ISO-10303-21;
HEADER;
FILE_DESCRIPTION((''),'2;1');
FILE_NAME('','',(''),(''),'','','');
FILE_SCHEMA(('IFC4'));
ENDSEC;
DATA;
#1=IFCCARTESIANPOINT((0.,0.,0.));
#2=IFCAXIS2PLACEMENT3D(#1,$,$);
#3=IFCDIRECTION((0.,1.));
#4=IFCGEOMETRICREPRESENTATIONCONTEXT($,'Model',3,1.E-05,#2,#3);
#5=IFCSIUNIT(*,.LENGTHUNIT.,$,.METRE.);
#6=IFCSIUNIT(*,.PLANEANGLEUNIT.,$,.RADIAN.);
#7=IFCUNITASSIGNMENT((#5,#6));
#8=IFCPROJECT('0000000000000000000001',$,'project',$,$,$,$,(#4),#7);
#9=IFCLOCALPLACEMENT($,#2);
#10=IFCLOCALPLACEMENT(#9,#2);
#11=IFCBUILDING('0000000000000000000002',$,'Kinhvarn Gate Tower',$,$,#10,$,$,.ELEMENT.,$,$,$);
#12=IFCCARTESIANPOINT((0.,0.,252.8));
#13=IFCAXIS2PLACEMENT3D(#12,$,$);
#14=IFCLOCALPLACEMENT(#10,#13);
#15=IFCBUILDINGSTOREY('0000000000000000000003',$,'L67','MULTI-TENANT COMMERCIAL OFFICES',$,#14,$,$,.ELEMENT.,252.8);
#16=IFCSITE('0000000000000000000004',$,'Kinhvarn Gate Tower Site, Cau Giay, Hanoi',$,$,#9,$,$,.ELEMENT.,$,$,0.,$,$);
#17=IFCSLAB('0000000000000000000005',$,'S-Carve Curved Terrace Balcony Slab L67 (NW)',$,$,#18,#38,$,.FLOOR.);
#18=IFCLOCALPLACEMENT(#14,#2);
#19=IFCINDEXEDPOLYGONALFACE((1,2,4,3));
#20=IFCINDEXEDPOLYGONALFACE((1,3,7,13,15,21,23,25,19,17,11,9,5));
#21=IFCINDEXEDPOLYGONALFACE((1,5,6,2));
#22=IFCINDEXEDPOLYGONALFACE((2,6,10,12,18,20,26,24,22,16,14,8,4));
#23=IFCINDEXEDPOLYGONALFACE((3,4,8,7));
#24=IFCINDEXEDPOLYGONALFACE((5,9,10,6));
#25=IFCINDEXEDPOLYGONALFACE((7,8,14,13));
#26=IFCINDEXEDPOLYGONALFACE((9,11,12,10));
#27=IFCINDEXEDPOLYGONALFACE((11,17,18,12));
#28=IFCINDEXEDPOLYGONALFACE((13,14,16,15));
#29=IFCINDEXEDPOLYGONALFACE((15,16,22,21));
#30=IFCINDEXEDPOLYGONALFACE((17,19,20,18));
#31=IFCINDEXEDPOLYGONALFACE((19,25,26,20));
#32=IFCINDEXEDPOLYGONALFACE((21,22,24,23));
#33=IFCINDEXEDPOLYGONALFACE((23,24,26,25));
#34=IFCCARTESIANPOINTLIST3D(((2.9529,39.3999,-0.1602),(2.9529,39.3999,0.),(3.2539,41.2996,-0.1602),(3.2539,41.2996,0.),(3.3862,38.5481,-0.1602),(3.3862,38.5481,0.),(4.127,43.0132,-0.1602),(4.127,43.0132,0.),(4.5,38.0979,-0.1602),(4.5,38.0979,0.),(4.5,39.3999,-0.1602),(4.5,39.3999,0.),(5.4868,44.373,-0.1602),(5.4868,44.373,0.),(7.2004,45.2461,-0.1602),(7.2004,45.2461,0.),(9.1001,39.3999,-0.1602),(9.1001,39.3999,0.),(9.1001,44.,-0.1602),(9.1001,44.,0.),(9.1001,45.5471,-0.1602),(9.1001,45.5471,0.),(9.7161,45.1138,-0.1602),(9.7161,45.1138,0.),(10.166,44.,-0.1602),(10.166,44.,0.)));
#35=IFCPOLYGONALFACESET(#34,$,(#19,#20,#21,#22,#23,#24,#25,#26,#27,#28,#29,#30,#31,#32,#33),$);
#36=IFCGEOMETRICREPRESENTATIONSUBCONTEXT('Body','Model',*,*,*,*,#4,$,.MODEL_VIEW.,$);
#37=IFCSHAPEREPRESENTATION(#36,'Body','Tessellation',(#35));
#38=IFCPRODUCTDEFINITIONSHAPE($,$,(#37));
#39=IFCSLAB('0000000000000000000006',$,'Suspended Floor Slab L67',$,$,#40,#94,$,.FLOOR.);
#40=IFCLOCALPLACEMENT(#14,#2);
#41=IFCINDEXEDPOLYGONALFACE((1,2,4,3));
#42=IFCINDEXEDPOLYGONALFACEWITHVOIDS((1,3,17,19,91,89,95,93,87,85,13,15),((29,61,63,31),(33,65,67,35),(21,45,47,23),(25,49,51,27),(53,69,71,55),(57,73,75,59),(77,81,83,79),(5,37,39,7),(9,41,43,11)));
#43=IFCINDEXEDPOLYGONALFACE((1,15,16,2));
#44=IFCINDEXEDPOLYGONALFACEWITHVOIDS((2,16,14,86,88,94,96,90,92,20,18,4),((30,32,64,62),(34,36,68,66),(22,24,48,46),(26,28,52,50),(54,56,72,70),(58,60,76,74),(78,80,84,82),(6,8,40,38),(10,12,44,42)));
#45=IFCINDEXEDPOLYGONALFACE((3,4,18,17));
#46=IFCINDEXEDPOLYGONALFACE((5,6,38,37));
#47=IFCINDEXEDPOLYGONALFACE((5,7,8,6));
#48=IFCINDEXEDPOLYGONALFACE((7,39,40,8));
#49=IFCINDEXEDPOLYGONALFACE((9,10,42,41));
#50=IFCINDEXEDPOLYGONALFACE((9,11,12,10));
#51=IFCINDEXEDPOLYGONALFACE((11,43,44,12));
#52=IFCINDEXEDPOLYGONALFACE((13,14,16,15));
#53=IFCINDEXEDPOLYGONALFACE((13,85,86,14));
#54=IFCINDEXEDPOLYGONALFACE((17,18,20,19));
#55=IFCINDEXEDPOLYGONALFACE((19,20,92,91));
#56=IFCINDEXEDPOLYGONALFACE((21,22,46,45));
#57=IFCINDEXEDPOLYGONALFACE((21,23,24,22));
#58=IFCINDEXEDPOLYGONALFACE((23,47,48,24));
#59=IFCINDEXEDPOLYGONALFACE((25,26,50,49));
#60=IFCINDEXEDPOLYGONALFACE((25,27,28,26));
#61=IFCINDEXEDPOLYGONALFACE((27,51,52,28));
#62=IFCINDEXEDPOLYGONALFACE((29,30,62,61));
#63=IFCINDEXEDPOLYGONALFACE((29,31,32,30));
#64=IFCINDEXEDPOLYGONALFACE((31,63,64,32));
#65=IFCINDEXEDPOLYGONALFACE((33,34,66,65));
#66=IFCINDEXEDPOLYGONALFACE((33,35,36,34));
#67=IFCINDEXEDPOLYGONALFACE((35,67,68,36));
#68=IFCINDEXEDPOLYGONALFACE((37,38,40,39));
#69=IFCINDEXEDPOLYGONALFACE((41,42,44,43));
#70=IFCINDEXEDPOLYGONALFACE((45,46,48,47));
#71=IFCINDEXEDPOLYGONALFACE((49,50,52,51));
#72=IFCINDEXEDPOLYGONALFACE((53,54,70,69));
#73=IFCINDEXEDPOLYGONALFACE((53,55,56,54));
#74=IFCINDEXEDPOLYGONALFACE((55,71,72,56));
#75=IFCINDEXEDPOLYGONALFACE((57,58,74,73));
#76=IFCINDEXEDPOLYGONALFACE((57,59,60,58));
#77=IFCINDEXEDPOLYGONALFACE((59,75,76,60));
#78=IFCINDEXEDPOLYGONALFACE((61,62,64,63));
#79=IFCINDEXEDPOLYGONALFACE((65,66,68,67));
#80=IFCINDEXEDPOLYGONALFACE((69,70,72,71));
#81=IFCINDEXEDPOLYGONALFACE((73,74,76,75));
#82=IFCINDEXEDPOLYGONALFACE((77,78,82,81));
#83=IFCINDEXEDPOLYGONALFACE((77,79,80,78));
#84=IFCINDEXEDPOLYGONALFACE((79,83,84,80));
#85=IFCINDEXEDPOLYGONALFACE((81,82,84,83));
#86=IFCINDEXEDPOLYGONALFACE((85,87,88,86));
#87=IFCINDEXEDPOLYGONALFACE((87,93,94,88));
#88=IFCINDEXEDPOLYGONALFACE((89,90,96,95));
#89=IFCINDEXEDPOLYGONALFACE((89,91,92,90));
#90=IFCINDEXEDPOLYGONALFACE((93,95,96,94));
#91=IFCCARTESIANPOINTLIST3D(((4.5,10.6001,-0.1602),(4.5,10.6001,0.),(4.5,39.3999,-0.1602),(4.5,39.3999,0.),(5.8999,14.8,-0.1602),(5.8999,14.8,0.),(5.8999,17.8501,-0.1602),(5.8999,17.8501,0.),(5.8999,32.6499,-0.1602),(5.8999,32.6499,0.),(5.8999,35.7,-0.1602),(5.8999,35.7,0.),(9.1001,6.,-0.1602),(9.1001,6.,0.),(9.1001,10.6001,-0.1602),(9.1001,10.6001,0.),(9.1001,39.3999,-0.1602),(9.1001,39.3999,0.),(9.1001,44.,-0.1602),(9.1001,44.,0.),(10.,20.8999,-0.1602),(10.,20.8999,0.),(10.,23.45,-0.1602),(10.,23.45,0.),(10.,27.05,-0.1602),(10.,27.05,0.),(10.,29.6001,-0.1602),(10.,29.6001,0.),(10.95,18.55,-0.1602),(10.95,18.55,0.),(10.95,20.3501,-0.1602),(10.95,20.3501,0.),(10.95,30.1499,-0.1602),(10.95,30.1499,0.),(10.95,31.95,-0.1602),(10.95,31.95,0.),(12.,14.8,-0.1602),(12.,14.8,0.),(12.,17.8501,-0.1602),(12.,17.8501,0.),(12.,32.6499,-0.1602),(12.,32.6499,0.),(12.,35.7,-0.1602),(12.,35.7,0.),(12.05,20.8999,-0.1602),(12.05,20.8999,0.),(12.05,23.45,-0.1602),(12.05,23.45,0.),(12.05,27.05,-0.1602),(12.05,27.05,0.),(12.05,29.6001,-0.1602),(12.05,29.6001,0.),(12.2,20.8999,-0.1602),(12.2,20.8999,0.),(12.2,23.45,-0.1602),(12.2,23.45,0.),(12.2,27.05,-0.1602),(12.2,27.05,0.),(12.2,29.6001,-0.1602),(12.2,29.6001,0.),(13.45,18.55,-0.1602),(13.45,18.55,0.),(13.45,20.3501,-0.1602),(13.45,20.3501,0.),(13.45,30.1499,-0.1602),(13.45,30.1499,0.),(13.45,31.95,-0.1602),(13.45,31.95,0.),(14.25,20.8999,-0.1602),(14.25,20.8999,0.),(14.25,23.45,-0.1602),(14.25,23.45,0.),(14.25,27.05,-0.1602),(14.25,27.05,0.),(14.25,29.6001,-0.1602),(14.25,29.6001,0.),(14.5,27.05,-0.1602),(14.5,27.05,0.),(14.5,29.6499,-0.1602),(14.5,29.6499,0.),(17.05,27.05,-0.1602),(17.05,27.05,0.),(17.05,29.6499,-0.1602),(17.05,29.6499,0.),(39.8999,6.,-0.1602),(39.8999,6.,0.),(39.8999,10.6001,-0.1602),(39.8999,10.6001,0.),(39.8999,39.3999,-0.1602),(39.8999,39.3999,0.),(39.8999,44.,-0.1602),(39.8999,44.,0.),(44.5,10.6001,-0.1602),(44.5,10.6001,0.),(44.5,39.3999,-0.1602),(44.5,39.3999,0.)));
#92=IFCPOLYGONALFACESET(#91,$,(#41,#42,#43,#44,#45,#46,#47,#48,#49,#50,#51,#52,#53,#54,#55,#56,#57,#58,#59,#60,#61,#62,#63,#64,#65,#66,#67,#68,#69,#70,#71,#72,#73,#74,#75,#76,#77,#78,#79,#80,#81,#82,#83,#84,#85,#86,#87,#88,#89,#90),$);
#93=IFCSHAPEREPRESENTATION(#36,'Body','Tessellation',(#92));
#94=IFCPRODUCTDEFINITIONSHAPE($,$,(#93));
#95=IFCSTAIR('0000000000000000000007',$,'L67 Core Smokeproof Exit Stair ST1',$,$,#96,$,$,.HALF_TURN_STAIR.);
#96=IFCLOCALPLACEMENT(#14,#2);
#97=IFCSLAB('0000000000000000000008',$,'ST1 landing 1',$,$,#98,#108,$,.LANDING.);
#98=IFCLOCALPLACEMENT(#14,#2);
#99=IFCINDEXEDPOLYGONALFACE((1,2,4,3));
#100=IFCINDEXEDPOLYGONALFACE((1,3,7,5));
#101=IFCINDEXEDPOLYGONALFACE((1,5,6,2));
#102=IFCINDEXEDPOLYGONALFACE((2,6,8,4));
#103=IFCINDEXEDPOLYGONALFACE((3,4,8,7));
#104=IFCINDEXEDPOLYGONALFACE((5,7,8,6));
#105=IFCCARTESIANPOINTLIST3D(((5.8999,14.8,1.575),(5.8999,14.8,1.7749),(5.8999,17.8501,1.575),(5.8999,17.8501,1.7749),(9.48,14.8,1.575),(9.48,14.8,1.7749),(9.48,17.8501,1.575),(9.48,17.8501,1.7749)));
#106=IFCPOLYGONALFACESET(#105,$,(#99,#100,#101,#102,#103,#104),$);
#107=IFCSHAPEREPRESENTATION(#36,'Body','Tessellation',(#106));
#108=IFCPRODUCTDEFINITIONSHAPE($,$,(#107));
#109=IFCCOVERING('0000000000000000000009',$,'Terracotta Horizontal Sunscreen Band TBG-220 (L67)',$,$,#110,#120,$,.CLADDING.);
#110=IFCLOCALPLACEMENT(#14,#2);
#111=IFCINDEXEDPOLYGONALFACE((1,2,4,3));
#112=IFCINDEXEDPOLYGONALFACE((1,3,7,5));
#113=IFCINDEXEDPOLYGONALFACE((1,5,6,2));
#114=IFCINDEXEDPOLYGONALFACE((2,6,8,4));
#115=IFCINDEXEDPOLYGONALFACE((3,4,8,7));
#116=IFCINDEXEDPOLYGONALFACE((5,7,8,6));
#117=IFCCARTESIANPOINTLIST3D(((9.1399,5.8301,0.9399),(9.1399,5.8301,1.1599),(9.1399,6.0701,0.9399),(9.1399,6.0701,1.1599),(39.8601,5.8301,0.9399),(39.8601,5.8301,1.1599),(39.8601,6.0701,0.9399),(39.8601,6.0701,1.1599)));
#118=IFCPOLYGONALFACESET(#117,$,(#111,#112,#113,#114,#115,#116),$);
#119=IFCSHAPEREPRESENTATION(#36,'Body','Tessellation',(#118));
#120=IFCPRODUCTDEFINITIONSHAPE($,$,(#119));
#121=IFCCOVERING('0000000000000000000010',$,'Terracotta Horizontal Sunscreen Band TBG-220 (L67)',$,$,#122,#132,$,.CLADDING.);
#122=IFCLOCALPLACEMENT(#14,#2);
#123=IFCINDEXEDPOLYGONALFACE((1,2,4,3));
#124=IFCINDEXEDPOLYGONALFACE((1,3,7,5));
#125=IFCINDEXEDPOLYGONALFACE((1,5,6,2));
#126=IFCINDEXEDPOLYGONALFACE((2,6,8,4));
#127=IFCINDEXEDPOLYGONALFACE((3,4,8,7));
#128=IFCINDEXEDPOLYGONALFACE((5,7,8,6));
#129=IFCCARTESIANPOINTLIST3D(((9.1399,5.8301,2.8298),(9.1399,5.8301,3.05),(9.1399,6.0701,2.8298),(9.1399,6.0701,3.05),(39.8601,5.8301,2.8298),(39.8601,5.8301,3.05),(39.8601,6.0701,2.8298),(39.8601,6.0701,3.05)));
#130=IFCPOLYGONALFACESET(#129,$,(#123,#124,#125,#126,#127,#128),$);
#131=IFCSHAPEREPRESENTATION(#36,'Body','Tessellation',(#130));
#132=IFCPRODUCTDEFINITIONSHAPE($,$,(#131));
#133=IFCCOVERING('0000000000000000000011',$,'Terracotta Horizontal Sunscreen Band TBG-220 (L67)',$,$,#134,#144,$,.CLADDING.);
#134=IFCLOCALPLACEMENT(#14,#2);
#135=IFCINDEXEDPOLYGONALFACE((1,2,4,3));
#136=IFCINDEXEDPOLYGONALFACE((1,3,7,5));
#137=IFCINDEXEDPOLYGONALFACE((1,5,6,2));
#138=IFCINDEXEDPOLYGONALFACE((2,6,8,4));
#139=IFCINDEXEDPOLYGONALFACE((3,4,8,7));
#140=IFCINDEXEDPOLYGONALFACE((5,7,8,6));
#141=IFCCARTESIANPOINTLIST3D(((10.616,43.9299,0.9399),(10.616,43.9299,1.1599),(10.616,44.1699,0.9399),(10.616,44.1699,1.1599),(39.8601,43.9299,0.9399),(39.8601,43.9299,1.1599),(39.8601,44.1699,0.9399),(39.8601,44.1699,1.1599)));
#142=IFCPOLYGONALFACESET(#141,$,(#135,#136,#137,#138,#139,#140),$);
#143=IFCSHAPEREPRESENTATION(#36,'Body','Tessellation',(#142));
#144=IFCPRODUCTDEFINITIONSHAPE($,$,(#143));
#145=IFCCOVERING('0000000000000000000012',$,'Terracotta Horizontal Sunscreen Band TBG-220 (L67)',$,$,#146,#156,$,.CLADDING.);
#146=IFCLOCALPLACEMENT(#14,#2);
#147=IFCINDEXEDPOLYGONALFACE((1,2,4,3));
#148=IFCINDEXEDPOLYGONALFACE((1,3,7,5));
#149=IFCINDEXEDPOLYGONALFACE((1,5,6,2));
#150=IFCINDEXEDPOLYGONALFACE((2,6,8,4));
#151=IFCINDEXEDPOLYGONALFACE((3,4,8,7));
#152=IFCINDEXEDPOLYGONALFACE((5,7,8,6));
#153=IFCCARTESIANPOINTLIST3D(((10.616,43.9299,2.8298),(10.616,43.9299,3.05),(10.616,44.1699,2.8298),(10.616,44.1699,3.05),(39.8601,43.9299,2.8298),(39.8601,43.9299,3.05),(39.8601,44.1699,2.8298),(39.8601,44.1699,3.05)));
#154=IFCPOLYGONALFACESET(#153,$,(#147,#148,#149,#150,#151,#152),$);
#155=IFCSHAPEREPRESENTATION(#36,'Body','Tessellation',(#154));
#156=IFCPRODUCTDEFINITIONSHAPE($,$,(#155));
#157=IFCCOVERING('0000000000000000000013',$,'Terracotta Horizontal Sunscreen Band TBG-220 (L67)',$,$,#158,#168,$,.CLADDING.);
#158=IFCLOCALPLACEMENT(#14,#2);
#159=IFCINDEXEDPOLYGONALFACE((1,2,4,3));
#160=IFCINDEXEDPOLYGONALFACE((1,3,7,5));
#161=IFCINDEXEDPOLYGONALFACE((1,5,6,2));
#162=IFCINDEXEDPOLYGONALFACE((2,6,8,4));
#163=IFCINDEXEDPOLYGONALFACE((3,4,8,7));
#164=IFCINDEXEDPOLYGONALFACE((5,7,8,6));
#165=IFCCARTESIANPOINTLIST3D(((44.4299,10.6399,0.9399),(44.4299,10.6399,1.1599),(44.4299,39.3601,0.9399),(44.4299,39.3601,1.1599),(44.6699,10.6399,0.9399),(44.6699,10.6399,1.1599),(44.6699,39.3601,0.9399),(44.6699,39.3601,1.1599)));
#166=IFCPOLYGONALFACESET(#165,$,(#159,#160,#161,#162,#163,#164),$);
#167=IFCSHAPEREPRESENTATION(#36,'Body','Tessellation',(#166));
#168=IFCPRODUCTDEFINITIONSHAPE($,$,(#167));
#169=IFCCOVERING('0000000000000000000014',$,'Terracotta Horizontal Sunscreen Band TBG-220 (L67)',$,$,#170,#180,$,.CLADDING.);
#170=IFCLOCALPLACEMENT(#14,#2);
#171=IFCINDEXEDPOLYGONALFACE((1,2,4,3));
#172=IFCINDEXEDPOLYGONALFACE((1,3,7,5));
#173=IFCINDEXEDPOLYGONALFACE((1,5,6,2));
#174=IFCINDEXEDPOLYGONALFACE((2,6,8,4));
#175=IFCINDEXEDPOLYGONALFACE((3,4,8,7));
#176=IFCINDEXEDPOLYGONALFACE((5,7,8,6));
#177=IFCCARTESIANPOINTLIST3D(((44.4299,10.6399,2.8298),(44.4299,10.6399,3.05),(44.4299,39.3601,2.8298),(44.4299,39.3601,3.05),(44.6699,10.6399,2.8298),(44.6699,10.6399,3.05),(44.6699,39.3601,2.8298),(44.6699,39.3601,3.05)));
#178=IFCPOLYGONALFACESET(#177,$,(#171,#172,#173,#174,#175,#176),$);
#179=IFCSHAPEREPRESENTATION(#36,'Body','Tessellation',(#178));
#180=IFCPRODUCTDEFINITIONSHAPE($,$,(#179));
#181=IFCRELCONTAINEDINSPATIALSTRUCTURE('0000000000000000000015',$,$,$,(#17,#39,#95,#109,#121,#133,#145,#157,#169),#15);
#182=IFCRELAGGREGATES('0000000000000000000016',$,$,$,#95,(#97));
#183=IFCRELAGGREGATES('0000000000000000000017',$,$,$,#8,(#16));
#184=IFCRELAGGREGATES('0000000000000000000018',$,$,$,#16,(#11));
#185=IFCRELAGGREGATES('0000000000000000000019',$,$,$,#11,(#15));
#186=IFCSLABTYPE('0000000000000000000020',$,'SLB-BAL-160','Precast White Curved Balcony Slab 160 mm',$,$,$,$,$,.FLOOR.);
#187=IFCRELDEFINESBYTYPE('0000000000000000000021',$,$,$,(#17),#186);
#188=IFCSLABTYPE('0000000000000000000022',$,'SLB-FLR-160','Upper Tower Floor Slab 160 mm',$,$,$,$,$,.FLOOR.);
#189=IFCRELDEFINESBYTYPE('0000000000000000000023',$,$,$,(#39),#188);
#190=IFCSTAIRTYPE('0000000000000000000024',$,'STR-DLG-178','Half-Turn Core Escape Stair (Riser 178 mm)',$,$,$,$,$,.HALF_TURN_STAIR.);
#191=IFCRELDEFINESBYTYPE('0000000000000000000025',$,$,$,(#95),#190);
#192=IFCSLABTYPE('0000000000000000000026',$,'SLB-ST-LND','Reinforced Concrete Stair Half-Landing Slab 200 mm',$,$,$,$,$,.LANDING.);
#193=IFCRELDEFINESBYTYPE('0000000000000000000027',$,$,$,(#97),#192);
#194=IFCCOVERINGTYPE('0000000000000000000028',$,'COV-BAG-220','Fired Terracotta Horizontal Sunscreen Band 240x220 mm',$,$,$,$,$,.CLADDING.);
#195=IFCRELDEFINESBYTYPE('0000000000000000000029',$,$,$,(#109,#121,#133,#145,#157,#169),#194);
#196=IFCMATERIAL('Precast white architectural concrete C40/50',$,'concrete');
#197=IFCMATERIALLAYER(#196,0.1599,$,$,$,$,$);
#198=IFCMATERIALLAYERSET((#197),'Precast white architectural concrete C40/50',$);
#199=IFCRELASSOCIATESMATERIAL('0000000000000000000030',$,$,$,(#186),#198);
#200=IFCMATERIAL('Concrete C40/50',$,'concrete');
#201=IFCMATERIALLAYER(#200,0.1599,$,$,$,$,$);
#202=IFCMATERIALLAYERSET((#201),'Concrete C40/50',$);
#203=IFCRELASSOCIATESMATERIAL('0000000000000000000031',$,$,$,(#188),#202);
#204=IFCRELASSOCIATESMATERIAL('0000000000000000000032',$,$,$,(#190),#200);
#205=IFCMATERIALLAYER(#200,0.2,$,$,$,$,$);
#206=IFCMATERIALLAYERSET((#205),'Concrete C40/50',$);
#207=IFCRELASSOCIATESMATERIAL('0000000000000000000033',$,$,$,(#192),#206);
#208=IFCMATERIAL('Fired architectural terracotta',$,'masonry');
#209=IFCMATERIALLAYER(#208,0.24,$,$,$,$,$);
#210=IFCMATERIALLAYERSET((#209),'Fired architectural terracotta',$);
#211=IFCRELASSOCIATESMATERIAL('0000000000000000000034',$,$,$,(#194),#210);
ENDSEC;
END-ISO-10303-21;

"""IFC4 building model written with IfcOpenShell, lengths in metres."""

from ifc_helpers import new_model, si_unit, direction, frame, origin, place, context, subcontext, project, spatial, polyline, outline, extrude, material, layer, layer_set, type_object, element, aggregate, save


model = new_model("IFC4")

# Units and contexts
model_context = context("Model", 3, precision=1e-05, world=origin(), true_north=direction((0.0, 1.0)))
body_context = subcontext(model_context, "Body", "Model", "MODEL_VIEW")
ifc_project = project(units=[si_unit("LENGTHUNIT", "METRE"), si_unit("PLANEANGLEUNIT", "RADIAN")], contexts=[model_context])

# Site, building, storey
site_placement = place(None, origin())
site = spatial("IfcSite", under=ifc_project, at=site_placement, Name="Kinhvarn Gate Tower Site, Cau Giay, Hanoi", CompositionType="ELEMENT", RefElevation=0.0)
building_placement = place(site_placement, origin())
building = spatial("IfcBuilding", under=site, at=building_placement, Name="Kinhvarn Gate Tower", CompositionType="ELEMENT")
storey_placement = place(building_placement, frame((0.0, 0.0, 252.8)))
storey = spatial("IfcBuildingStorey", under=building, at=storey_placement, Name="L67", Description="MULTI-TENANT COMMERCIAL OFFICES", CompositionType="ELEMENT", Elevation=252.8)

# Slabs
ifc_material_1 = material(Name="Precast white architectural concrete C40/50", Category="concrete")
ifc_layer_1 = layer(ifc_material_1, 0.1599)
ifc_layer_set_1 = layer_set([ifc_layer_1], Name="Precast white architectural concrete C40/50")
slab_type_1 = type_object("IfcSlabType", Name="SLB-BAL-160", Description="Precast White Curved Balcony Slab 160 mm", PredefinedType="FLOOR", material=ifc_layer_set_1)
slab_1_placement = place(storey_placement, frame((0.0, 0.0, -0.1602)))
element("IfcSlab", 1, at=slab_1_placement, inside=storey, type_object=slab_type_1, Name="S-Carve Curved Terrace Balcony Slab L67 (NW)", PredefinedType="FLOOR", context=body_context, shape_type="SweptSolid", body=[
    extrude(outline(polyline([(10.166, 44.0), (9.7161, 45.1138), (9.1001, 45.5471), (7.2004, 45.2461), (5.4868, 44.373), (4.127, 43.0132), (3.2539, 41.2996), (2.9529, 39.3999), (3.3862, 38.5481), (4.5, 38.0979), (4.5, 39.3999), (9.1001, 39.3999), (9.1001, 44.0), (10.166, 44.0)])), origin(), (0.0, 0.0, 1.0), 0.1602),
])
ifc_material_2 = material(Name="Concrete C40/50", Category="concrete")
ifc_layer_2 = layer(ifc_material_2, 0.1599)
ifc_layer_set_2 = layer_set([ifc_layer_2], Name="Concrete C40/50")
slab_type_2 = type_object("IfcSlabType", Name="SLB-FLR-160", Description="Upper Tower Floor Slab 160 mm", PredefinedType="FLOOR", material=ifc_layer_set_2)
slab_2_placement = place(storey_placement, frame((0.0, 0.0, -0.1602)))
element("IfcSlab", 2, at=slab_2_placement, inside=storey, type_object=slab_type_2, Name="Suspended Floor Slab L67", PredefinedType="FLOOR", context=body_context, shape_type="SweptSolid", body=[
    extrude(outline(polyline([(9.1001, 6.0), (39.8999, 6.0), (39.8999, 10.6001), (44.5, 10.6001), (44.5, 39.3999), (39.8999, 39.3999), (39.8999, 44.0), (9.1001, 44.0), (9.1001, 39.3999), (4.5, 39.3999), (4.5, 10.6001), (9.1001, 10.6001), (9.1001, 6.0)]), holes=[polyline([(5.8999, 14.8), (12.0, 14.8), (12.0, 17.8501), (5.8999, 17.8501), (5.8999, 14.8)]), polyline([(5.8999, 32.6499), (12.0, 32.6499), (12.0, 35.7), (5.8999, 35.7), (5.8999, 32.6499)]), polyline([(10.0, 20.8999), (12.05, 20.8999), (12.05, 23.45), (10.0, 23.45), (10.0, 20.8999)]), polyline([(12.2, 20.8999), (14.25, 20.8999), (14.25, 23.45), (12.2, 23.45), (12.2, 20.8999)]), polyline([(10.0, 27.05), (12.05, 27.05), (12.05, 29.6001), (10.0, 29.6001), (10.0, 27.05)]), polyline([(12.2, 27.05), (14.25, 27.05), (14.25, 29.6001), (12.2, 29.6001), (12.2, 27.05)]), polyline([(14.5, 27.05), (17.05, 27.05), (17.05, 29.6499), (14.5, 29.6499), (14.5, 27.05)]), polyline([(10.95, 18.55), (13.45, 18.55), (13.45, 20.3501), (10.95, 20.3501), (10.95, 18.55)]), polyline([(10.95, 30.1499), (13.45, 30.1499), (13.45, 31.95), (10.95, 31.95), (10.95, 30.1499)])]), origin(), (0.0, 0.0, 1.0), 0.1602),
])

# Stair, slab
stair_type = type_object("IfcStairType", Name="STR-DLG-178", Description="Half-Turn Core Escape Stair (Riser 178 mm)", PredefinedType="HALF_TURN_STAIR", material=ifc_material_2)
stair_placement = place(storey_placement, origin())
stair = element("IfcStair", 3, at=stair_placement, inside=storey, type_object=stair_type, Name="L67 Core Smokeproof Exit Stair ST1", PredefinedType="HALF_TURN_STAIR")
ifc_layer_3 = layer(ifc_material_2, 0.2)
ifc_layer_set_3 = layer_set([ifc_layer_3], Name="Concrete C40/50")
slab_type_3 = type_object("IfcSlabType", Name="SLB-ST-LND", Description="Reinforced Concrete Stair Half-Landing Slab 200 mm", PredefinedType="LANDING", material=ifc_layer_set_3)
slab_3_placement = place(storey_placement, frame((0.0, 0.0, 1.575)))
slab_3 = element("IfcSlab", 4, at=slab_3_placement, type_object=slab_type_3, Name="ST1 landing 1", PredefinedType="LANDING", context=body_context, shape_type="SweptSolid", body=[
    extrude(outline(polyline([(9.48, 17.8501), (5.8999, 17.8501), (5.8999, 14.8), (9.48, 14.8), (9.48, 17.8501)])), origin(), (0.0, 0.0, 1.0), 0.2),
])
aggregate(stair, [slab_3])

# Coverings
ifc_material_3 = material(Name="Fired architectural terracotta", Category="masonry")
ifc_layer_4 = layer(ifc_material_3, 0.24)
ifc_layer_set_4 = layer_set([ifc_layer_4], Name="Fired architectural terracotta")
covering_type_1 = type_object("IfcCoveringType", Name="COV-BAG-220", Description="Fired Terracotta Horizontal Sunscreen Band 240x220 mm", PredefinedType="CLADDING", material=ifc_layer_set_4)
covering_1_placement = place(storey_placement, frame((0.0, 0.0, 0.9399)))
element("IfcCovering", 5, at=covering_1_placement, inside=storey, type_object=covering_type_1, Name="Terracotta Horizontal Sunscreen Band TBG-220 (L67)", PredefinedType="CLADDING", context=body_context, shape_type="SweptSolid", body=[
    extrude(outline(polyline([(9.1399, 6.0701), (39.8601, 6.0701), (39.8601, 5.8301), (9.1399, 5.8301), (9.1399, 6.0701)])), origin(), (0.0, 0.0, 1.0), 0.22),
])
covering_2_placement = place(storey_placement, frame((0.0, 0.0, 2.8298)))
element("IfcCovering", 6, at=covering_2_placement, inside=storey, type_object=covering_type_1, Name="Terracotta Horizontal Sunscreen Band TBG-220 (L67)", PredefinedType="CLADDING", context=body_context, shape_type="SweptSolid", body=[
    extrude(outline(polyline([(9.1399, 6.0701), (39.8601, 6.0701), (39.8601, 5.8301), (9.1399, 5.8301), (9.1399, 6.0701)])), origin(), (0.0, 0.0, 1.0), 0.2202),
])
covering_3_placement = place(storey_placement, frame((0.0, 0.0, 0.9399)))
element("IfcCovering", 7, at=covering_3_placement, inside=storey, type_object=covering_type_1, Name="Terracotta Horizontal Sunscreen Band TBG-220 (L67)", PredefinedType="CLADDING", context=body_context, shape_type="SweptSolid", body=[
    extrude(outline(polyline([(39.8601, 43.9299), (10.616, 43.9299), (10.616, 44.1699), (39.8601, 44.1699), (39.8601, 43.9299)])), origin(), (0.0, 0.0, 1.0), 0.22),
])
covering_4_placement = place(storey_placement, frame((0.0, 0.0, 2.8298)))
element("IfcCovering", 8, at=covering_4_placement, inside=storey, type_object=covering_type_1, Name="Terracotta Horizontal Sunscreen Band TBG-220 (L67)", PredefinedType="CLADDING", context=body_context, shape_type="SweptSolid", body=[
    extrude(outline(polyline([(39.8601, 43.9299), (10.616, 43.9299), (10.616, 44.1699), (39.8601, 44.1699), (39.8601, 43.9299)])), origin(), (0.0, 0.0, 1.0), 0.2202),
])
covering_5_placement = place(storey_placement, frame((0.0, 0.0, 0.9399)))
element("IfcCovering", 9, at=covering_5_placement, inside=storey, type_object=covering_type_1, Name="Terracotta Horizontal Sunscreen Band TBG-220 (L67)", PredefinedType="CLADDING", context=body_context, shape_type="SweptSolid", body=[
    extrude(outline(polyline([(44.4299, 10.6399), (44.4299, 39.3601), (44.6699, 39.3601), (44.6699, 10.6399), (44.4299, 10.6399)])), origin(), (0.0, 0.0, 1.0), 0.22),
])
covering_6_placement = place(storey_placement, frame((0.0, 0.0, 2.8298)))
element("IfcCovering", 10, at=covering_6_placement, inside=storey, type_object=covering_type_1, Name="Terracotta Horizontal Sunscreen Band TBG-220 (L67)", PredefinedType="CLADDING", context=body_context, shape_type="SweptSolid", body=[
    extrude(outline(polyline([(44.4299, 10.6399), (44.4299, 39.3601), (44.6699, 39.3601), (44.6699, 10.6399), (44.4299, 10.6399)])), origin(), (0.0, 0.0, 1.0), 0.2202),
])

save(model, "model.ifc")
